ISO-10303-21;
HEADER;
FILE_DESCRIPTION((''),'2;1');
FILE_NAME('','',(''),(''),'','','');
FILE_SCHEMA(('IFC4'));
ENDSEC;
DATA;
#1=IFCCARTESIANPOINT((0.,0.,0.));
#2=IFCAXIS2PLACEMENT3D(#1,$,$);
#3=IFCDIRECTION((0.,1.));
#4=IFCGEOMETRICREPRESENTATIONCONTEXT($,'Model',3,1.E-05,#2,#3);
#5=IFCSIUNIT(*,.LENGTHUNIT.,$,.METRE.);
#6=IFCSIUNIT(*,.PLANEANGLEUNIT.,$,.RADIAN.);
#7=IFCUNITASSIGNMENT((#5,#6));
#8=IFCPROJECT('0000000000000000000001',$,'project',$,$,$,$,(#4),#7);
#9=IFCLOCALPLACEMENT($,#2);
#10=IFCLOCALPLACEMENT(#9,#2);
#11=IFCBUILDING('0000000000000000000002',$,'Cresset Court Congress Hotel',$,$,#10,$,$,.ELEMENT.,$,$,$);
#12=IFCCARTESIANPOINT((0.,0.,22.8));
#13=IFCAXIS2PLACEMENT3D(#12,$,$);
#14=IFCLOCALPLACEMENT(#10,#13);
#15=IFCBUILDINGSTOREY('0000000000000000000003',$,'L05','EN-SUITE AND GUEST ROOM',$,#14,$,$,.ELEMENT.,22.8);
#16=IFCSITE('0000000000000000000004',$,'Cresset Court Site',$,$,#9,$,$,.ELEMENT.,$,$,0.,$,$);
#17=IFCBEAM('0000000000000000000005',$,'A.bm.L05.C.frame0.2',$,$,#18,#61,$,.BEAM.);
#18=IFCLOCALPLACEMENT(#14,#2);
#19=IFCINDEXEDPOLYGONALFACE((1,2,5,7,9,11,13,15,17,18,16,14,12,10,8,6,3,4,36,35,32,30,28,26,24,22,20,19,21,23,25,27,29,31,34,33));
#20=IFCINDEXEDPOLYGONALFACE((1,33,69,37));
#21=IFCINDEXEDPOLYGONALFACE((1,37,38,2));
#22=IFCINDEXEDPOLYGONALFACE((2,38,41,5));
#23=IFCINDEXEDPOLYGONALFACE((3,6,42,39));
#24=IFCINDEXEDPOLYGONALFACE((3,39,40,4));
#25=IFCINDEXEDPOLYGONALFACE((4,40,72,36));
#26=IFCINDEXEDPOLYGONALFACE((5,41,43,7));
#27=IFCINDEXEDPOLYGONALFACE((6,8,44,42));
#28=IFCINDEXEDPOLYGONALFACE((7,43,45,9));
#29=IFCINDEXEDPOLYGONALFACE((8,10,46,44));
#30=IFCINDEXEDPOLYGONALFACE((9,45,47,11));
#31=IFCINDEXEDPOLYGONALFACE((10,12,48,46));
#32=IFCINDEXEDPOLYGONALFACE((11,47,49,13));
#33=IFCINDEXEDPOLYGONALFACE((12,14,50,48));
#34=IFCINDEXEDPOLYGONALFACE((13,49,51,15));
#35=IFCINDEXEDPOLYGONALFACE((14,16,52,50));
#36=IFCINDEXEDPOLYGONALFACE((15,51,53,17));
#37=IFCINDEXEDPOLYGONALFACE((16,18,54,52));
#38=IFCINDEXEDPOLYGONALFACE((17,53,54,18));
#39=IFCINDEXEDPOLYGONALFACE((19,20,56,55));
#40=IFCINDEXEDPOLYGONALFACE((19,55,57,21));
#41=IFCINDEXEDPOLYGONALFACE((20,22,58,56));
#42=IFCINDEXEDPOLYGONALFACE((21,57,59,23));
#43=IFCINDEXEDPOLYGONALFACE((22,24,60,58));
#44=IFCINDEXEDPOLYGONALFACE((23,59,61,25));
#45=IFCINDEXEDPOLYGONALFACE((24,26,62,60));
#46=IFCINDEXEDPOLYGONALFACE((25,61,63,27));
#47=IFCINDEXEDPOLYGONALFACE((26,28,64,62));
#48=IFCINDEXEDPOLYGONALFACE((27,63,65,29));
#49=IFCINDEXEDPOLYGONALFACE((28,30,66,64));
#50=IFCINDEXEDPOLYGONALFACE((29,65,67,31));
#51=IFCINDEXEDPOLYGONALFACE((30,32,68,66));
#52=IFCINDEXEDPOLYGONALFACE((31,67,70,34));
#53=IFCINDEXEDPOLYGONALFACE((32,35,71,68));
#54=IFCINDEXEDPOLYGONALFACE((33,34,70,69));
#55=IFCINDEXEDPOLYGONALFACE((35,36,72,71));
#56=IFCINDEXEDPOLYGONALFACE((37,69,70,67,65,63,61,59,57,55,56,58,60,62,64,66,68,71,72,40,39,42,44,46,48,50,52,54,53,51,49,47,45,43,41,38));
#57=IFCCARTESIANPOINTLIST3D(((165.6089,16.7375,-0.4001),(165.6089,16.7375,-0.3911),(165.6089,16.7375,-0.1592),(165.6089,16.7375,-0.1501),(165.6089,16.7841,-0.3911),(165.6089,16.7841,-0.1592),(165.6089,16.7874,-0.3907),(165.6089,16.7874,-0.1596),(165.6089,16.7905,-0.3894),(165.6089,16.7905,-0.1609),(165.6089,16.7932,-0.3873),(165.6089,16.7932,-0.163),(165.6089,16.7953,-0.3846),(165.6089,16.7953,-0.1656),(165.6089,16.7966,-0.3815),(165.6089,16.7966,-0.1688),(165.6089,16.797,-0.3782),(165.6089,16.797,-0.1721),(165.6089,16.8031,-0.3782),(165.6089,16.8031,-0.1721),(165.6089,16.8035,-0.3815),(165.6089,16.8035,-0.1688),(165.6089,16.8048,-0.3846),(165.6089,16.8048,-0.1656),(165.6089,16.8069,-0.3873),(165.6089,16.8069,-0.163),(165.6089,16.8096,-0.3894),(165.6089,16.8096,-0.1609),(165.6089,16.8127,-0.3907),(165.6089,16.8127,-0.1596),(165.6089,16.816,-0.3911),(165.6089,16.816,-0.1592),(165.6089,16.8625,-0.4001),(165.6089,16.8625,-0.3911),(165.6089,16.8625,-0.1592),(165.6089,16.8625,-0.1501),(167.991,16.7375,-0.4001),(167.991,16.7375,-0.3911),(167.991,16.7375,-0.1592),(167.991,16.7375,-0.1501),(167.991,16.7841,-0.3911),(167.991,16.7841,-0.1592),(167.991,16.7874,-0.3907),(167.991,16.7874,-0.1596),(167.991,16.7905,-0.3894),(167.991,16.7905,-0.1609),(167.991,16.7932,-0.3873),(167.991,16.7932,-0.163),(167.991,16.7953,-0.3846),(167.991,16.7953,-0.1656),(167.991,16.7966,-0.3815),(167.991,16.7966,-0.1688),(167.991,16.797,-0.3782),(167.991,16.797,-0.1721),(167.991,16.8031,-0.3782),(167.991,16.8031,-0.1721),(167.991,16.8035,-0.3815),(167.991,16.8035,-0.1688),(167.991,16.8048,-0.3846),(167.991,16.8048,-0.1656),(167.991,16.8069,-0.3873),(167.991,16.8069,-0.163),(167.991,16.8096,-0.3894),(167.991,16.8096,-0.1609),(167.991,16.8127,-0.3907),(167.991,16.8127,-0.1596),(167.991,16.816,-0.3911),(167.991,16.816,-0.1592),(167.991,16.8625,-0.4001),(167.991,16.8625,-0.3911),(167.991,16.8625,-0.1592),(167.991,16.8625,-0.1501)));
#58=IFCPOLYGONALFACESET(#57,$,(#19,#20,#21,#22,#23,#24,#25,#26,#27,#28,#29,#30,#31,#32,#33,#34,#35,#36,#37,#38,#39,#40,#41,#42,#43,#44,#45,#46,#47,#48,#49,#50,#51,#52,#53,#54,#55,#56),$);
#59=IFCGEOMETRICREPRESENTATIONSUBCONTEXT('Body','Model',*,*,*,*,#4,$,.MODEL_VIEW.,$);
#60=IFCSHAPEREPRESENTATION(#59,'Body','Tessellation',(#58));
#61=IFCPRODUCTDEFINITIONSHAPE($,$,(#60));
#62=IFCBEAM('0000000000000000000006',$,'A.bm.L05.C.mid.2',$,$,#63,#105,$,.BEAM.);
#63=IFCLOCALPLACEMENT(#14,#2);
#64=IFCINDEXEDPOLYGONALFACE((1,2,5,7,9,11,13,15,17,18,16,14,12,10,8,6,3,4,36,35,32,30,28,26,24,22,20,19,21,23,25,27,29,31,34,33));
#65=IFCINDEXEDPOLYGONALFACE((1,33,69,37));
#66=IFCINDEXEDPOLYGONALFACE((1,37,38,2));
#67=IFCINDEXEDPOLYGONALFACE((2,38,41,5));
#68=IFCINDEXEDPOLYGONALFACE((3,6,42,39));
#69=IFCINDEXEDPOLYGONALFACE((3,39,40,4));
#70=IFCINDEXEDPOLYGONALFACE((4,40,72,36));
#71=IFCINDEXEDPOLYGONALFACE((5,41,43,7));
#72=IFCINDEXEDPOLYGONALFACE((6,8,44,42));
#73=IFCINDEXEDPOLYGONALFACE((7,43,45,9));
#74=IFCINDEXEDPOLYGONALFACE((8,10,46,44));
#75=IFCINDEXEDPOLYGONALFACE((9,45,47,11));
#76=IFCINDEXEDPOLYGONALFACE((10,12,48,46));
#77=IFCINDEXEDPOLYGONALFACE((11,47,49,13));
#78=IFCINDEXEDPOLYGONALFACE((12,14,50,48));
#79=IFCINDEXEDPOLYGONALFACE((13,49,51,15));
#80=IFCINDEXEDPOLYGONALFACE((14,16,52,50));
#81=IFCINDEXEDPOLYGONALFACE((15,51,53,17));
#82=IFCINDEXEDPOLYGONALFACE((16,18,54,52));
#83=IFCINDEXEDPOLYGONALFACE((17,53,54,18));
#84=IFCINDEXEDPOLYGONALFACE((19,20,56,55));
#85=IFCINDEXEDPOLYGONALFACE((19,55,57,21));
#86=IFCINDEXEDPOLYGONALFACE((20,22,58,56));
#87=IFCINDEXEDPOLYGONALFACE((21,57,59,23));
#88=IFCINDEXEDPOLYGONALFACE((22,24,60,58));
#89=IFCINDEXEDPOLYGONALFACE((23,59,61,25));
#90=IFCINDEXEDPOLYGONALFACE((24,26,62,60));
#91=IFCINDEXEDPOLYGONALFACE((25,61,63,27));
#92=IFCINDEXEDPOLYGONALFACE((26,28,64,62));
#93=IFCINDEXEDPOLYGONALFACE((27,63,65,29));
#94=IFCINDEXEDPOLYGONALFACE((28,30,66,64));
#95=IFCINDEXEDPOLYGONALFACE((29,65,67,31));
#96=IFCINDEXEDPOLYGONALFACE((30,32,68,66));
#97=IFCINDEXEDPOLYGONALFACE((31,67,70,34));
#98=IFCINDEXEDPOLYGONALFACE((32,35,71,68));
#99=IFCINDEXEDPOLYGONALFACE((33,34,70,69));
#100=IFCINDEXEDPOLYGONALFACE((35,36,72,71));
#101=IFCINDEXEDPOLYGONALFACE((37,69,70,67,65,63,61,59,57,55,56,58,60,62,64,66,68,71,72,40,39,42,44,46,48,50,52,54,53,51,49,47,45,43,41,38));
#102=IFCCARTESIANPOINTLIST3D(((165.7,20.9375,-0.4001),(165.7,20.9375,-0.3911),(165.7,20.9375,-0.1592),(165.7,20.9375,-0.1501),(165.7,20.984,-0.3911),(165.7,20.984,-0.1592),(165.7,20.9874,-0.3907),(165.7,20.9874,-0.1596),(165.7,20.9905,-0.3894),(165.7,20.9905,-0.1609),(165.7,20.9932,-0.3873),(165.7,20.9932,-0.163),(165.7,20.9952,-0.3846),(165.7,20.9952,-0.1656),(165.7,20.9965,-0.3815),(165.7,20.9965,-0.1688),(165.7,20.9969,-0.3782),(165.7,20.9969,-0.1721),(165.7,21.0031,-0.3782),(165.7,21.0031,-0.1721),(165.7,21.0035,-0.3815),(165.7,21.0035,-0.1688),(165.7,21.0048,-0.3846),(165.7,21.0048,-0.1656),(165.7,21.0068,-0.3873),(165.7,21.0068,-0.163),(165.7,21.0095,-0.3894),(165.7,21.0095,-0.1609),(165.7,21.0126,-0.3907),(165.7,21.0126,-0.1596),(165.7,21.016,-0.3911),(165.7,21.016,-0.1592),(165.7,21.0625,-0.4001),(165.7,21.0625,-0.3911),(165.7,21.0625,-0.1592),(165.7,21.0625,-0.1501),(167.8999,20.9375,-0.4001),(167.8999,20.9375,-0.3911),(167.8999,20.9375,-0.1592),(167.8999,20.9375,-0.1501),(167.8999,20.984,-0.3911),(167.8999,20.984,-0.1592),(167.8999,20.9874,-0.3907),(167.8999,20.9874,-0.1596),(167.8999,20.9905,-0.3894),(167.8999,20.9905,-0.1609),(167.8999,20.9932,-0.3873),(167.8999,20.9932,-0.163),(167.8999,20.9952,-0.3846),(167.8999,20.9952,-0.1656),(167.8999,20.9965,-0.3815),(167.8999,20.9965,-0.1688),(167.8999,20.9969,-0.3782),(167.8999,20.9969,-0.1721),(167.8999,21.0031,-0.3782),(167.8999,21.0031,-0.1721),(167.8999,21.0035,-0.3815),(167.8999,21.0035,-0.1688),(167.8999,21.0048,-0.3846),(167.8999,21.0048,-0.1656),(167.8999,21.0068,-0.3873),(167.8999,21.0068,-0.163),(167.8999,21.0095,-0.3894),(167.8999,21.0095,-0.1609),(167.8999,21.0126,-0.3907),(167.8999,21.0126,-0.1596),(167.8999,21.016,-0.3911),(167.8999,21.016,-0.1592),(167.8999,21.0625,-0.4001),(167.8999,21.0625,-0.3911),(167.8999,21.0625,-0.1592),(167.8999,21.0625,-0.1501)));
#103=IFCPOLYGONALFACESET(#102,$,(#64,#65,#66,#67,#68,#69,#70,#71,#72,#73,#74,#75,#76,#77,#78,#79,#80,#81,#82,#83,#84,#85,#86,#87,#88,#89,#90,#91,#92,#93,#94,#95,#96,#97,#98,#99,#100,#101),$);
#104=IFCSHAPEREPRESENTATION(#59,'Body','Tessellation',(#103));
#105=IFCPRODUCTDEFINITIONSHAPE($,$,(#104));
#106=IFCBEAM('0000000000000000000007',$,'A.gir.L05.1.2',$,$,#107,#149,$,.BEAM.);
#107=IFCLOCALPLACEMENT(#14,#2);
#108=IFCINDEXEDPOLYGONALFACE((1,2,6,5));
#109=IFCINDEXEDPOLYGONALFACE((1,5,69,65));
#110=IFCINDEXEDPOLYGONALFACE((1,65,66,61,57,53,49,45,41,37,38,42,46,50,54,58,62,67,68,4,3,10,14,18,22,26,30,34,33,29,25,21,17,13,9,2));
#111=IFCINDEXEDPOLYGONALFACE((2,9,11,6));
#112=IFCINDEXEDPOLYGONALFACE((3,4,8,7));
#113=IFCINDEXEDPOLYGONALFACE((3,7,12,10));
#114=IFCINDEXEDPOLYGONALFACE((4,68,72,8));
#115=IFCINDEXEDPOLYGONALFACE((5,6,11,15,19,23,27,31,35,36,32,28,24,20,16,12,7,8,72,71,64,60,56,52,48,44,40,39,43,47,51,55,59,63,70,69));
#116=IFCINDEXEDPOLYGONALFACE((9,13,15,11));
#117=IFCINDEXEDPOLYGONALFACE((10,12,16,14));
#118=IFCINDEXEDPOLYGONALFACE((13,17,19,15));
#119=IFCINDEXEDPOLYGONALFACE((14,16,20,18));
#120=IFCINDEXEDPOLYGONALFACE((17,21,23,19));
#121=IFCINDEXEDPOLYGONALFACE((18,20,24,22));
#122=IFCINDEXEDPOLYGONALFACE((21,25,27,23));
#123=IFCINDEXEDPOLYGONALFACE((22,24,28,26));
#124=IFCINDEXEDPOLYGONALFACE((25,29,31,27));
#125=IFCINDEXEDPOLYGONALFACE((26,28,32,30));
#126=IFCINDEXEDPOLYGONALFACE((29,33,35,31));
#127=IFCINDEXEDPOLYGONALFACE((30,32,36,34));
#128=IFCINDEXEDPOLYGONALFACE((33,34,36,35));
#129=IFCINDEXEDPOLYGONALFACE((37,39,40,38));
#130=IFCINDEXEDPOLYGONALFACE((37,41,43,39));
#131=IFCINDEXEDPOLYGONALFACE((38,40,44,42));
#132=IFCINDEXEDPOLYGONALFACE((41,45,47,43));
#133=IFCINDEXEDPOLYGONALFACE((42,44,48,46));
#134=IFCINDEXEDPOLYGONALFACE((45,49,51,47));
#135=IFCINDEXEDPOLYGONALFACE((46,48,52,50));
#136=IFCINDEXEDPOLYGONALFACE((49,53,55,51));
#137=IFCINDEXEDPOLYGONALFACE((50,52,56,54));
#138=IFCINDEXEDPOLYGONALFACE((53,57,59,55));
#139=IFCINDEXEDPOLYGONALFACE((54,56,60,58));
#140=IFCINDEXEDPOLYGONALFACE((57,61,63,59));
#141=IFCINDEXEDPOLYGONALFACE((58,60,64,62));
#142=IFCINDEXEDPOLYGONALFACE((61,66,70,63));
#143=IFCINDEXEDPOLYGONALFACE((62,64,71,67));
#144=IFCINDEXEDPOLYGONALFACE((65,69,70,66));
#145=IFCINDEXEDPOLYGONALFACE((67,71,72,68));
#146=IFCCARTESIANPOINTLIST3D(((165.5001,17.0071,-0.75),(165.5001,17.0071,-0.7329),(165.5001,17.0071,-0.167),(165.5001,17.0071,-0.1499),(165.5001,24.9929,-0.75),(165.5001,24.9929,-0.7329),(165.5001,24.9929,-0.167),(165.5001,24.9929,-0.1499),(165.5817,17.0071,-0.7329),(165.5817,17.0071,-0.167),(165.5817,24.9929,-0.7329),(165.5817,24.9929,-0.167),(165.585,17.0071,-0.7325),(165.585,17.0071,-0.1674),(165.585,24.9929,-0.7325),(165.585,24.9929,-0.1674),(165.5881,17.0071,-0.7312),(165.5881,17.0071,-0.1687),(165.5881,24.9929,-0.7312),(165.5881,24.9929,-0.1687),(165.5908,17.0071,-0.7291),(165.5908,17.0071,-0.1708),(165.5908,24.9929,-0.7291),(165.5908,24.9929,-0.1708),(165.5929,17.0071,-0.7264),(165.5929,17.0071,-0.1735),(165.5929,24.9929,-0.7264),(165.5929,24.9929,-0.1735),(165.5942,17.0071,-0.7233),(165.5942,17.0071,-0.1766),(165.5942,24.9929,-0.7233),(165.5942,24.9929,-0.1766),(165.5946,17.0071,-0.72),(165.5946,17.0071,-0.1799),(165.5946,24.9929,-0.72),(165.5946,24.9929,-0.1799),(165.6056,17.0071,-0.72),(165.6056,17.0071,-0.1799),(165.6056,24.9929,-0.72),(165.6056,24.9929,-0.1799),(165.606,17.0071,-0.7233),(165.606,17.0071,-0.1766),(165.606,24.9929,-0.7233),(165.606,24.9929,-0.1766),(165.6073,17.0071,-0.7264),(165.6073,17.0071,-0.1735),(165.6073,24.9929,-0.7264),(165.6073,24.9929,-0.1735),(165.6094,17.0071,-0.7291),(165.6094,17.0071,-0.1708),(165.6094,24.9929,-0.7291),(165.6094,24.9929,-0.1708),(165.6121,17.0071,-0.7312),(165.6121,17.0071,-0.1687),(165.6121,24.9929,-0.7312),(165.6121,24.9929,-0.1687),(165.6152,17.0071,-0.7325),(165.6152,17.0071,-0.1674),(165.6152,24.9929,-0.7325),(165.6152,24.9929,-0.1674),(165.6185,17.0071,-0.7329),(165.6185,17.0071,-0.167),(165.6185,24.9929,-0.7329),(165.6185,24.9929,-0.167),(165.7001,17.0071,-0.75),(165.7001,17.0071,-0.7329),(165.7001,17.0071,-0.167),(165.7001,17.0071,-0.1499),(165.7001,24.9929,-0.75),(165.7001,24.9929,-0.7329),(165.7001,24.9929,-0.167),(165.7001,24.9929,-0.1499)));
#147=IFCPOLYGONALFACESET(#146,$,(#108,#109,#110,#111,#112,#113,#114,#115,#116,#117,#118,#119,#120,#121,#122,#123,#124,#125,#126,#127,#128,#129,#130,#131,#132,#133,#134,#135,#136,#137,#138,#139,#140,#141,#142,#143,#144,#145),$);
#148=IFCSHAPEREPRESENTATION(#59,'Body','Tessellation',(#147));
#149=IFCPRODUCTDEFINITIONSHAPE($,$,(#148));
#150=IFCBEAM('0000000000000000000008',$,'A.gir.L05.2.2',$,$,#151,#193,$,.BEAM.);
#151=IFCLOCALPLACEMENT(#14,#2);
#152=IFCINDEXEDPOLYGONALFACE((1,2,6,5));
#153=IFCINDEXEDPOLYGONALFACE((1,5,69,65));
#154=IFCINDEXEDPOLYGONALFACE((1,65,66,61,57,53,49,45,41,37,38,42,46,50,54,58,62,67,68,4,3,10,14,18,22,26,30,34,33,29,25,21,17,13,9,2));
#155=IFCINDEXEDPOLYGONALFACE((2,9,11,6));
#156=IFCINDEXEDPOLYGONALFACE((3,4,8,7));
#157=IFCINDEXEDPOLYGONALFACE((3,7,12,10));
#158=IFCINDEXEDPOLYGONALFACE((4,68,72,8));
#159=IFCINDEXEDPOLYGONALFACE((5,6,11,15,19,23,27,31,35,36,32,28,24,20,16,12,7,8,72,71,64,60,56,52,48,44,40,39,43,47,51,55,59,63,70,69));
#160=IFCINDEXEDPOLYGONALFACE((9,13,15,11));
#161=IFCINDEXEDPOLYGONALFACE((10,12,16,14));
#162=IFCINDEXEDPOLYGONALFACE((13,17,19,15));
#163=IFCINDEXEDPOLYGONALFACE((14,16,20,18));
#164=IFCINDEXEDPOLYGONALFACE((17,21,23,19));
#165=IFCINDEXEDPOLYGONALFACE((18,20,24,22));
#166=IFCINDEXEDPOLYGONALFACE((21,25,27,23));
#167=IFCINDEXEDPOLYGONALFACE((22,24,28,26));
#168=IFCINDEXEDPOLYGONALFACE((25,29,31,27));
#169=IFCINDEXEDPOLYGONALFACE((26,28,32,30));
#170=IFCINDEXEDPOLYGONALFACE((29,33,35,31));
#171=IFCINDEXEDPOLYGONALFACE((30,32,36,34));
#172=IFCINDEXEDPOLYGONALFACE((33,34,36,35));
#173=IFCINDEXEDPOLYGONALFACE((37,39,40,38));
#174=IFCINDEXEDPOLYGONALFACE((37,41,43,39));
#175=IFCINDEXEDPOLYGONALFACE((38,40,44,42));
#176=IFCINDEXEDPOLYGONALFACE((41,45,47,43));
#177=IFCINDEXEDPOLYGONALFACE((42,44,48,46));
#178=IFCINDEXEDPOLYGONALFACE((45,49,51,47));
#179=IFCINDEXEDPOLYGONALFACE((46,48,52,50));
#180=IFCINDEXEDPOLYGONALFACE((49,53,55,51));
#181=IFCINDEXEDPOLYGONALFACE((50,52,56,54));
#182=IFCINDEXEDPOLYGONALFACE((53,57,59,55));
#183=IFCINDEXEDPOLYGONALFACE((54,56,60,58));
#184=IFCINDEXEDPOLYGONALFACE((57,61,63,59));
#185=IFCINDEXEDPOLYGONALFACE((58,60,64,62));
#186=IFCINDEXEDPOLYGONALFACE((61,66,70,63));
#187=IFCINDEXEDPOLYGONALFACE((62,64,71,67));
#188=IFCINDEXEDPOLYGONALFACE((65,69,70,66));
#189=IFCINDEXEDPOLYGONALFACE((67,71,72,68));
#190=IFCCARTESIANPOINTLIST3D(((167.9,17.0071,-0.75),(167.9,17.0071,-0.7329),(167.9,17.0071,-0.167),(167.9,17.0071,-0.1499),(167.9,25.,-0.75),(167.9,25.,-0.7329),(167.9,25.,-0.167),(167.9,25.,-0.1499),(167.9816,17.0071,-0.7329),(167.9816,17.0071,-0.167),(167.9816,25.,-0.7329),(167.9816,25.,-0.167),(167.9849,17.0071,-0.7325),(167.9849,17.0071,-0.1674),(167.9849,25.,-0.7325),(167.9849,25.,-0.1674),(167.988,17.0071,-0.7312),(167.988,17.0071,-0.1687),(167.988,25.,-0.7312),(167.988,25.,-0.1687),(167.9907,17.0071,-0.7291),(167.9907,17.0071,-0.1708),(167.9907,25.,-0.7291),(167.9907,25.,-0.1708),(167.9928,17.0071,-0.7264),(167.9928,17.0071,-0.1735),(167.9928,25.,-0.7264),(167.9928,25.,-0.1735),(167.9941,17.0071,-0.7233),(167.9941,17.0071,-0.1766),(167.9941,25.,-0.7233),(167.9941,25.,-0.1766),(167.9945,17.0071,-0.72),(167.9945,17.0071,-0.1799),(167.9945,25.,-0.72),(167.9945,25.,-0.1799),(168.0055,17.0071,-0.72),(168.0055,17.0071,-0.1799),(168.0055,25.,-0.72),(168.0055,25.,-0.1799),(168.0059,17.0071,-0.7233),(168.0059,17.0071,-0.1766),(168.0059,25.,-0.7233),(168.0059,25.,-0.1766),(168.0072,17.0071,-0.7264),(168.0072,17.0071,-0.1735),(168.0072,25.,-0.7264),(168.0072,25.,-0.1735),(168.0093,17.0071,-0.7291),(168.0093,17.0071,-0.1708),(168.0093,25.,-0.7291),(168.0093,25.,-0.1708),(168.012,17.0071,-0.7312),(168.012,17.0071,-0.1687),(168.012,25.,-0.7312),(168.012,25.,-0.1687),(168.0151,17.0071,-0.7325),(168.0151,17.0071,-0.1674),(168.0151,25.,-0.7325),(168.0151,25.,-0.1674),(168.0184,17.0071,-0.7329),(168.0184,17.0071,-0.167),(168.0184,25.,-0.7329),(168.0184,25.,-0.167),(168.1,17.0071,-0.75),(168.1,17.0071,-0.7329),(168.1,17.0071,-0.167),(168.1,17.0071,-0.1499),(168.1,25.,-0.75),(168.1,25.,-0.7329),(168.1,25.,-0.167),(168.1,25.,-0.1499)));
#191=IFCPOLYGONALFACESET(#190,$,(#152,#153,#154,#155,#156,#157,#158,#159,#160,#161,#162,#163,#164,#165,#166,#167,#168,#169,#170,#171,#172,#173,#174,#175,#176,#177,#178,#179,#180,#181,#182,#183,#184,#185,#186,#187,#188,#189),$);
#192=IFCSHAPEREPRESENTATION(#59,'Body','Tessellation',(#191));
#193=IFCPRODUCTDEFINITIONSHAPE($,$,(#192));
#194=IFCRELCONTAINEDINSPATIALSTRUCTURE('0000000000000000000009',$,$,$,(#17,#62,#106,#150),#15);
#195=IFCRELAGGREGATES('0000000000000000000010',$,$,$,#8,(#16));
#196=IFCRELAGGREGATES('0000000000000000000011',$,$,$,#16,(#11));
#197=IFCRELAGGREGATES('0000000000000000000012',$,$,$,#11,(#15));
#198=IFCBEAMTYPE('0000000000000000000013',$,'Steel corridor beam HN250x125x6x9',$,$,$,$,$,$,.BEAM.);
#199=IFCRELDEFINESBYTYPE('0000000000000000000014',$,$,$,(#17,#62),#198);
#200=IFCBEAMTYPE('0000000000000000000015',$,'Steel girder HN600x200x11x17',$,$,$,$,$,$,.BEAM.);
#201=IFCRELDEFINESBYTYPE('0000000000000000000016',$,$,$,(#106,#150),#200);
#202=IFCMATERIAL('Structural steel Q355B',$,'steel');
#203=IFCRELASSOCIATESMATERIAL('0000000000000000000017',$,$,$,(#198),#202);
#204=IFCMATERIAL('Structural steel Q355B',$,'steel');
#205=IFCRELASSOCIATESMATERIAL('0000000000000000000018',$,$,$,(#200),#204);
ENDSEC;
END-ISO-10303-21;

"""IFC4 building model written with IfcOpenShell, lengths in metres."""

from ifc_helpers import new_model, si_unit, direction, frame, origin, origin_2d, place, context, subcontext, project, spatial, i_section, extrude, material, material_profile, profile_set, type_object, element, save


model = new_model("IFC4")

# Units and contexts
model_context = context("Model", 3, precision=1e-05, world=origin(), true_north=direction((0.0, 1.0)))
body_context = subcontext(model_context, "Body", "Model", "MODEL_VIEW")
ifc_project = project(units=[si_unit("LENGTHUNIT", "METRE"), si_unit("PLANEANGLEUNIT", "RADIAN")], contexts=[model_context])

# Site, building, storey
site_placement = place(None, origin())
site = spatial("IfcSite", under=ifc_project, at=site_placement, Name="Cresset Court Site", CompositionType="ELEMENT", RefElevation=0.0)
building_placement = place(site_placement, origin())
building = spatial("IfcBuilding", under=site, at=building_placement, Name="Cresset Court Congress Hotel", CompositionType="ELEMENT")
storey_placement = place(building_placement, frame((0.0, 0.0, 22.8)))
storey = spatial("IfcBuildingStorey", under=building, at=storey_placement, Name="L05", Description="EN-SUITE AND GUEST ROOM", CompositionType="ELEMENT", Elevation=22.8)

# Beams
ifc_material_1 = material(Name="Structural steel Q355B", Category="steel")
ifc_material_profile_1 = material_profile(ifc_material_1, i_section(OverallWidth=0.125, OverallDepth=0.25, WebThickness=0.0061, FlangeThickness=0.009, FilletRadius=0.0129, at=origin_2d()), Name="HN250x125x6x9")
ifc_profile_set_1 = profile_set([ifc_material_profile_1], Name="Structural steel Q355B")
beam_type_1 = type_object("IfcBeamType", Name="Steel corridor beam HN250x125x6x9", PredefinedType="BEAM", material=ifc_profile_set_1)
beam_1_placement = place(storey_placement, frame((165.6089, 16.8, -0.2751), z_axis=(1.0, 0.0, 0.0), x_axis=(0.0, 1.0, 0.0)))
element("IfcBeam", 1, at=beam_1_placement, inside=storey, type_object=beam_type_1, Name="A.bm.L05.C.frame0.2", PredefinedType="BEAM", context=body_context, shape_type="SweptSolid", body=[
    extrude(i_section(OverallWidth=0.125, OverallDepth=0.25, WebThickness=0.0061, FlangeThickness=0.009, FilletRadius=0.0129, at=origin_2d()), origin(), (0.0, 0.0, 1.0), 2.3821),
])
beam_2_placement = place(storey_placement, frame((165.7, 21.0, -0.2751), z_axis=(1.0, 0.0, 0.0), x_axis=(0.0, 1.0, 0.0)))
element("IfcBeam", 2, at=beam_2_placement, inside=storey, type_object=beam_type_1, Name="A.bm.L05.C.mid.2", PredefinedType="BEAM", context=body_context, shape_type="SweptSolid", body=[
    extrude(i_section(OverallWidth=0.125, OverallDepth=0.25, WebThickness=0.0061, FlangeThickness=0.009, FilletRadius=0.0129, at=origin_2d()), origin(), (0.0, 0.0, 1.0), 2.2),
])
ifc_material_2 = material(Name="Structural steel Q355B", Category="steel")
ifc_material_profile_2 = material_profile(ifc_material_2, i_section(OverallWidth=0.2, OverallDepth=0.6001, WebThickness=0.011, FlangeThickness=0.0171, FilletRadius=0.0129, at=origin_2d()), Name="HN600x200x11x17")
ifc_profile_set_2 = profile_set([ifc_material_profile_2], Name="Structural steel Q355B")
beam_type_2 = type_object("IfcBeamType", Name="Steel girder HN600x200x11x17", PredefinedType="BEAM", material=ifc_profile_set_2)
beam_3_placement = place(storey_placement, frame((165.6001, 17.0071, -0.45), z_axis=(0.0, 1.0, 0.0), x_axis=(-1.0, 0.0, 0.0)))
element("IfcBeam", 3, at=beam_3_placement, inside=storey, type_object=beam_type_2, Name="A.gir.L05.1.2", PredefinedType="BEAM", context=body_context, shape_type="SweptSolid", body=[
    extrude(i_section(OverallWidth=0.2, OverallDepth=0.6001, WebThickness=0.011, FlangeThickness=0.0171, FilletRadius=0.0129, at=origin_2d()), origin(), (0.0, 0.0, 1.0), 7.9858),
])
beam_4_placement = place(storey_placement, frame((168.0, 17.0071, -0.45), z_axis=(0.0, 1.0, 0.0), x_axis=(-1.0, 0.0, 0.0)))
element("IfcBeam", 4, at=beam_4_placement, inside=storey, type_object=beam_type_2, Name="A.gir.L05.2.2", PredefinedType="BEAM", context=body_context, shape_type="SweptSolid", body=[
    extrude(i_section(OverallWidth=0.2, OverallDepth=0.6001, WebThickness=0.011, FlangeThickness=0.0171, FilletRadius=0.0129, at=origin_2d()), origin(), (0.0, 0.0, 1.0), 7.9929),
])

save(model, "model.ifc")
